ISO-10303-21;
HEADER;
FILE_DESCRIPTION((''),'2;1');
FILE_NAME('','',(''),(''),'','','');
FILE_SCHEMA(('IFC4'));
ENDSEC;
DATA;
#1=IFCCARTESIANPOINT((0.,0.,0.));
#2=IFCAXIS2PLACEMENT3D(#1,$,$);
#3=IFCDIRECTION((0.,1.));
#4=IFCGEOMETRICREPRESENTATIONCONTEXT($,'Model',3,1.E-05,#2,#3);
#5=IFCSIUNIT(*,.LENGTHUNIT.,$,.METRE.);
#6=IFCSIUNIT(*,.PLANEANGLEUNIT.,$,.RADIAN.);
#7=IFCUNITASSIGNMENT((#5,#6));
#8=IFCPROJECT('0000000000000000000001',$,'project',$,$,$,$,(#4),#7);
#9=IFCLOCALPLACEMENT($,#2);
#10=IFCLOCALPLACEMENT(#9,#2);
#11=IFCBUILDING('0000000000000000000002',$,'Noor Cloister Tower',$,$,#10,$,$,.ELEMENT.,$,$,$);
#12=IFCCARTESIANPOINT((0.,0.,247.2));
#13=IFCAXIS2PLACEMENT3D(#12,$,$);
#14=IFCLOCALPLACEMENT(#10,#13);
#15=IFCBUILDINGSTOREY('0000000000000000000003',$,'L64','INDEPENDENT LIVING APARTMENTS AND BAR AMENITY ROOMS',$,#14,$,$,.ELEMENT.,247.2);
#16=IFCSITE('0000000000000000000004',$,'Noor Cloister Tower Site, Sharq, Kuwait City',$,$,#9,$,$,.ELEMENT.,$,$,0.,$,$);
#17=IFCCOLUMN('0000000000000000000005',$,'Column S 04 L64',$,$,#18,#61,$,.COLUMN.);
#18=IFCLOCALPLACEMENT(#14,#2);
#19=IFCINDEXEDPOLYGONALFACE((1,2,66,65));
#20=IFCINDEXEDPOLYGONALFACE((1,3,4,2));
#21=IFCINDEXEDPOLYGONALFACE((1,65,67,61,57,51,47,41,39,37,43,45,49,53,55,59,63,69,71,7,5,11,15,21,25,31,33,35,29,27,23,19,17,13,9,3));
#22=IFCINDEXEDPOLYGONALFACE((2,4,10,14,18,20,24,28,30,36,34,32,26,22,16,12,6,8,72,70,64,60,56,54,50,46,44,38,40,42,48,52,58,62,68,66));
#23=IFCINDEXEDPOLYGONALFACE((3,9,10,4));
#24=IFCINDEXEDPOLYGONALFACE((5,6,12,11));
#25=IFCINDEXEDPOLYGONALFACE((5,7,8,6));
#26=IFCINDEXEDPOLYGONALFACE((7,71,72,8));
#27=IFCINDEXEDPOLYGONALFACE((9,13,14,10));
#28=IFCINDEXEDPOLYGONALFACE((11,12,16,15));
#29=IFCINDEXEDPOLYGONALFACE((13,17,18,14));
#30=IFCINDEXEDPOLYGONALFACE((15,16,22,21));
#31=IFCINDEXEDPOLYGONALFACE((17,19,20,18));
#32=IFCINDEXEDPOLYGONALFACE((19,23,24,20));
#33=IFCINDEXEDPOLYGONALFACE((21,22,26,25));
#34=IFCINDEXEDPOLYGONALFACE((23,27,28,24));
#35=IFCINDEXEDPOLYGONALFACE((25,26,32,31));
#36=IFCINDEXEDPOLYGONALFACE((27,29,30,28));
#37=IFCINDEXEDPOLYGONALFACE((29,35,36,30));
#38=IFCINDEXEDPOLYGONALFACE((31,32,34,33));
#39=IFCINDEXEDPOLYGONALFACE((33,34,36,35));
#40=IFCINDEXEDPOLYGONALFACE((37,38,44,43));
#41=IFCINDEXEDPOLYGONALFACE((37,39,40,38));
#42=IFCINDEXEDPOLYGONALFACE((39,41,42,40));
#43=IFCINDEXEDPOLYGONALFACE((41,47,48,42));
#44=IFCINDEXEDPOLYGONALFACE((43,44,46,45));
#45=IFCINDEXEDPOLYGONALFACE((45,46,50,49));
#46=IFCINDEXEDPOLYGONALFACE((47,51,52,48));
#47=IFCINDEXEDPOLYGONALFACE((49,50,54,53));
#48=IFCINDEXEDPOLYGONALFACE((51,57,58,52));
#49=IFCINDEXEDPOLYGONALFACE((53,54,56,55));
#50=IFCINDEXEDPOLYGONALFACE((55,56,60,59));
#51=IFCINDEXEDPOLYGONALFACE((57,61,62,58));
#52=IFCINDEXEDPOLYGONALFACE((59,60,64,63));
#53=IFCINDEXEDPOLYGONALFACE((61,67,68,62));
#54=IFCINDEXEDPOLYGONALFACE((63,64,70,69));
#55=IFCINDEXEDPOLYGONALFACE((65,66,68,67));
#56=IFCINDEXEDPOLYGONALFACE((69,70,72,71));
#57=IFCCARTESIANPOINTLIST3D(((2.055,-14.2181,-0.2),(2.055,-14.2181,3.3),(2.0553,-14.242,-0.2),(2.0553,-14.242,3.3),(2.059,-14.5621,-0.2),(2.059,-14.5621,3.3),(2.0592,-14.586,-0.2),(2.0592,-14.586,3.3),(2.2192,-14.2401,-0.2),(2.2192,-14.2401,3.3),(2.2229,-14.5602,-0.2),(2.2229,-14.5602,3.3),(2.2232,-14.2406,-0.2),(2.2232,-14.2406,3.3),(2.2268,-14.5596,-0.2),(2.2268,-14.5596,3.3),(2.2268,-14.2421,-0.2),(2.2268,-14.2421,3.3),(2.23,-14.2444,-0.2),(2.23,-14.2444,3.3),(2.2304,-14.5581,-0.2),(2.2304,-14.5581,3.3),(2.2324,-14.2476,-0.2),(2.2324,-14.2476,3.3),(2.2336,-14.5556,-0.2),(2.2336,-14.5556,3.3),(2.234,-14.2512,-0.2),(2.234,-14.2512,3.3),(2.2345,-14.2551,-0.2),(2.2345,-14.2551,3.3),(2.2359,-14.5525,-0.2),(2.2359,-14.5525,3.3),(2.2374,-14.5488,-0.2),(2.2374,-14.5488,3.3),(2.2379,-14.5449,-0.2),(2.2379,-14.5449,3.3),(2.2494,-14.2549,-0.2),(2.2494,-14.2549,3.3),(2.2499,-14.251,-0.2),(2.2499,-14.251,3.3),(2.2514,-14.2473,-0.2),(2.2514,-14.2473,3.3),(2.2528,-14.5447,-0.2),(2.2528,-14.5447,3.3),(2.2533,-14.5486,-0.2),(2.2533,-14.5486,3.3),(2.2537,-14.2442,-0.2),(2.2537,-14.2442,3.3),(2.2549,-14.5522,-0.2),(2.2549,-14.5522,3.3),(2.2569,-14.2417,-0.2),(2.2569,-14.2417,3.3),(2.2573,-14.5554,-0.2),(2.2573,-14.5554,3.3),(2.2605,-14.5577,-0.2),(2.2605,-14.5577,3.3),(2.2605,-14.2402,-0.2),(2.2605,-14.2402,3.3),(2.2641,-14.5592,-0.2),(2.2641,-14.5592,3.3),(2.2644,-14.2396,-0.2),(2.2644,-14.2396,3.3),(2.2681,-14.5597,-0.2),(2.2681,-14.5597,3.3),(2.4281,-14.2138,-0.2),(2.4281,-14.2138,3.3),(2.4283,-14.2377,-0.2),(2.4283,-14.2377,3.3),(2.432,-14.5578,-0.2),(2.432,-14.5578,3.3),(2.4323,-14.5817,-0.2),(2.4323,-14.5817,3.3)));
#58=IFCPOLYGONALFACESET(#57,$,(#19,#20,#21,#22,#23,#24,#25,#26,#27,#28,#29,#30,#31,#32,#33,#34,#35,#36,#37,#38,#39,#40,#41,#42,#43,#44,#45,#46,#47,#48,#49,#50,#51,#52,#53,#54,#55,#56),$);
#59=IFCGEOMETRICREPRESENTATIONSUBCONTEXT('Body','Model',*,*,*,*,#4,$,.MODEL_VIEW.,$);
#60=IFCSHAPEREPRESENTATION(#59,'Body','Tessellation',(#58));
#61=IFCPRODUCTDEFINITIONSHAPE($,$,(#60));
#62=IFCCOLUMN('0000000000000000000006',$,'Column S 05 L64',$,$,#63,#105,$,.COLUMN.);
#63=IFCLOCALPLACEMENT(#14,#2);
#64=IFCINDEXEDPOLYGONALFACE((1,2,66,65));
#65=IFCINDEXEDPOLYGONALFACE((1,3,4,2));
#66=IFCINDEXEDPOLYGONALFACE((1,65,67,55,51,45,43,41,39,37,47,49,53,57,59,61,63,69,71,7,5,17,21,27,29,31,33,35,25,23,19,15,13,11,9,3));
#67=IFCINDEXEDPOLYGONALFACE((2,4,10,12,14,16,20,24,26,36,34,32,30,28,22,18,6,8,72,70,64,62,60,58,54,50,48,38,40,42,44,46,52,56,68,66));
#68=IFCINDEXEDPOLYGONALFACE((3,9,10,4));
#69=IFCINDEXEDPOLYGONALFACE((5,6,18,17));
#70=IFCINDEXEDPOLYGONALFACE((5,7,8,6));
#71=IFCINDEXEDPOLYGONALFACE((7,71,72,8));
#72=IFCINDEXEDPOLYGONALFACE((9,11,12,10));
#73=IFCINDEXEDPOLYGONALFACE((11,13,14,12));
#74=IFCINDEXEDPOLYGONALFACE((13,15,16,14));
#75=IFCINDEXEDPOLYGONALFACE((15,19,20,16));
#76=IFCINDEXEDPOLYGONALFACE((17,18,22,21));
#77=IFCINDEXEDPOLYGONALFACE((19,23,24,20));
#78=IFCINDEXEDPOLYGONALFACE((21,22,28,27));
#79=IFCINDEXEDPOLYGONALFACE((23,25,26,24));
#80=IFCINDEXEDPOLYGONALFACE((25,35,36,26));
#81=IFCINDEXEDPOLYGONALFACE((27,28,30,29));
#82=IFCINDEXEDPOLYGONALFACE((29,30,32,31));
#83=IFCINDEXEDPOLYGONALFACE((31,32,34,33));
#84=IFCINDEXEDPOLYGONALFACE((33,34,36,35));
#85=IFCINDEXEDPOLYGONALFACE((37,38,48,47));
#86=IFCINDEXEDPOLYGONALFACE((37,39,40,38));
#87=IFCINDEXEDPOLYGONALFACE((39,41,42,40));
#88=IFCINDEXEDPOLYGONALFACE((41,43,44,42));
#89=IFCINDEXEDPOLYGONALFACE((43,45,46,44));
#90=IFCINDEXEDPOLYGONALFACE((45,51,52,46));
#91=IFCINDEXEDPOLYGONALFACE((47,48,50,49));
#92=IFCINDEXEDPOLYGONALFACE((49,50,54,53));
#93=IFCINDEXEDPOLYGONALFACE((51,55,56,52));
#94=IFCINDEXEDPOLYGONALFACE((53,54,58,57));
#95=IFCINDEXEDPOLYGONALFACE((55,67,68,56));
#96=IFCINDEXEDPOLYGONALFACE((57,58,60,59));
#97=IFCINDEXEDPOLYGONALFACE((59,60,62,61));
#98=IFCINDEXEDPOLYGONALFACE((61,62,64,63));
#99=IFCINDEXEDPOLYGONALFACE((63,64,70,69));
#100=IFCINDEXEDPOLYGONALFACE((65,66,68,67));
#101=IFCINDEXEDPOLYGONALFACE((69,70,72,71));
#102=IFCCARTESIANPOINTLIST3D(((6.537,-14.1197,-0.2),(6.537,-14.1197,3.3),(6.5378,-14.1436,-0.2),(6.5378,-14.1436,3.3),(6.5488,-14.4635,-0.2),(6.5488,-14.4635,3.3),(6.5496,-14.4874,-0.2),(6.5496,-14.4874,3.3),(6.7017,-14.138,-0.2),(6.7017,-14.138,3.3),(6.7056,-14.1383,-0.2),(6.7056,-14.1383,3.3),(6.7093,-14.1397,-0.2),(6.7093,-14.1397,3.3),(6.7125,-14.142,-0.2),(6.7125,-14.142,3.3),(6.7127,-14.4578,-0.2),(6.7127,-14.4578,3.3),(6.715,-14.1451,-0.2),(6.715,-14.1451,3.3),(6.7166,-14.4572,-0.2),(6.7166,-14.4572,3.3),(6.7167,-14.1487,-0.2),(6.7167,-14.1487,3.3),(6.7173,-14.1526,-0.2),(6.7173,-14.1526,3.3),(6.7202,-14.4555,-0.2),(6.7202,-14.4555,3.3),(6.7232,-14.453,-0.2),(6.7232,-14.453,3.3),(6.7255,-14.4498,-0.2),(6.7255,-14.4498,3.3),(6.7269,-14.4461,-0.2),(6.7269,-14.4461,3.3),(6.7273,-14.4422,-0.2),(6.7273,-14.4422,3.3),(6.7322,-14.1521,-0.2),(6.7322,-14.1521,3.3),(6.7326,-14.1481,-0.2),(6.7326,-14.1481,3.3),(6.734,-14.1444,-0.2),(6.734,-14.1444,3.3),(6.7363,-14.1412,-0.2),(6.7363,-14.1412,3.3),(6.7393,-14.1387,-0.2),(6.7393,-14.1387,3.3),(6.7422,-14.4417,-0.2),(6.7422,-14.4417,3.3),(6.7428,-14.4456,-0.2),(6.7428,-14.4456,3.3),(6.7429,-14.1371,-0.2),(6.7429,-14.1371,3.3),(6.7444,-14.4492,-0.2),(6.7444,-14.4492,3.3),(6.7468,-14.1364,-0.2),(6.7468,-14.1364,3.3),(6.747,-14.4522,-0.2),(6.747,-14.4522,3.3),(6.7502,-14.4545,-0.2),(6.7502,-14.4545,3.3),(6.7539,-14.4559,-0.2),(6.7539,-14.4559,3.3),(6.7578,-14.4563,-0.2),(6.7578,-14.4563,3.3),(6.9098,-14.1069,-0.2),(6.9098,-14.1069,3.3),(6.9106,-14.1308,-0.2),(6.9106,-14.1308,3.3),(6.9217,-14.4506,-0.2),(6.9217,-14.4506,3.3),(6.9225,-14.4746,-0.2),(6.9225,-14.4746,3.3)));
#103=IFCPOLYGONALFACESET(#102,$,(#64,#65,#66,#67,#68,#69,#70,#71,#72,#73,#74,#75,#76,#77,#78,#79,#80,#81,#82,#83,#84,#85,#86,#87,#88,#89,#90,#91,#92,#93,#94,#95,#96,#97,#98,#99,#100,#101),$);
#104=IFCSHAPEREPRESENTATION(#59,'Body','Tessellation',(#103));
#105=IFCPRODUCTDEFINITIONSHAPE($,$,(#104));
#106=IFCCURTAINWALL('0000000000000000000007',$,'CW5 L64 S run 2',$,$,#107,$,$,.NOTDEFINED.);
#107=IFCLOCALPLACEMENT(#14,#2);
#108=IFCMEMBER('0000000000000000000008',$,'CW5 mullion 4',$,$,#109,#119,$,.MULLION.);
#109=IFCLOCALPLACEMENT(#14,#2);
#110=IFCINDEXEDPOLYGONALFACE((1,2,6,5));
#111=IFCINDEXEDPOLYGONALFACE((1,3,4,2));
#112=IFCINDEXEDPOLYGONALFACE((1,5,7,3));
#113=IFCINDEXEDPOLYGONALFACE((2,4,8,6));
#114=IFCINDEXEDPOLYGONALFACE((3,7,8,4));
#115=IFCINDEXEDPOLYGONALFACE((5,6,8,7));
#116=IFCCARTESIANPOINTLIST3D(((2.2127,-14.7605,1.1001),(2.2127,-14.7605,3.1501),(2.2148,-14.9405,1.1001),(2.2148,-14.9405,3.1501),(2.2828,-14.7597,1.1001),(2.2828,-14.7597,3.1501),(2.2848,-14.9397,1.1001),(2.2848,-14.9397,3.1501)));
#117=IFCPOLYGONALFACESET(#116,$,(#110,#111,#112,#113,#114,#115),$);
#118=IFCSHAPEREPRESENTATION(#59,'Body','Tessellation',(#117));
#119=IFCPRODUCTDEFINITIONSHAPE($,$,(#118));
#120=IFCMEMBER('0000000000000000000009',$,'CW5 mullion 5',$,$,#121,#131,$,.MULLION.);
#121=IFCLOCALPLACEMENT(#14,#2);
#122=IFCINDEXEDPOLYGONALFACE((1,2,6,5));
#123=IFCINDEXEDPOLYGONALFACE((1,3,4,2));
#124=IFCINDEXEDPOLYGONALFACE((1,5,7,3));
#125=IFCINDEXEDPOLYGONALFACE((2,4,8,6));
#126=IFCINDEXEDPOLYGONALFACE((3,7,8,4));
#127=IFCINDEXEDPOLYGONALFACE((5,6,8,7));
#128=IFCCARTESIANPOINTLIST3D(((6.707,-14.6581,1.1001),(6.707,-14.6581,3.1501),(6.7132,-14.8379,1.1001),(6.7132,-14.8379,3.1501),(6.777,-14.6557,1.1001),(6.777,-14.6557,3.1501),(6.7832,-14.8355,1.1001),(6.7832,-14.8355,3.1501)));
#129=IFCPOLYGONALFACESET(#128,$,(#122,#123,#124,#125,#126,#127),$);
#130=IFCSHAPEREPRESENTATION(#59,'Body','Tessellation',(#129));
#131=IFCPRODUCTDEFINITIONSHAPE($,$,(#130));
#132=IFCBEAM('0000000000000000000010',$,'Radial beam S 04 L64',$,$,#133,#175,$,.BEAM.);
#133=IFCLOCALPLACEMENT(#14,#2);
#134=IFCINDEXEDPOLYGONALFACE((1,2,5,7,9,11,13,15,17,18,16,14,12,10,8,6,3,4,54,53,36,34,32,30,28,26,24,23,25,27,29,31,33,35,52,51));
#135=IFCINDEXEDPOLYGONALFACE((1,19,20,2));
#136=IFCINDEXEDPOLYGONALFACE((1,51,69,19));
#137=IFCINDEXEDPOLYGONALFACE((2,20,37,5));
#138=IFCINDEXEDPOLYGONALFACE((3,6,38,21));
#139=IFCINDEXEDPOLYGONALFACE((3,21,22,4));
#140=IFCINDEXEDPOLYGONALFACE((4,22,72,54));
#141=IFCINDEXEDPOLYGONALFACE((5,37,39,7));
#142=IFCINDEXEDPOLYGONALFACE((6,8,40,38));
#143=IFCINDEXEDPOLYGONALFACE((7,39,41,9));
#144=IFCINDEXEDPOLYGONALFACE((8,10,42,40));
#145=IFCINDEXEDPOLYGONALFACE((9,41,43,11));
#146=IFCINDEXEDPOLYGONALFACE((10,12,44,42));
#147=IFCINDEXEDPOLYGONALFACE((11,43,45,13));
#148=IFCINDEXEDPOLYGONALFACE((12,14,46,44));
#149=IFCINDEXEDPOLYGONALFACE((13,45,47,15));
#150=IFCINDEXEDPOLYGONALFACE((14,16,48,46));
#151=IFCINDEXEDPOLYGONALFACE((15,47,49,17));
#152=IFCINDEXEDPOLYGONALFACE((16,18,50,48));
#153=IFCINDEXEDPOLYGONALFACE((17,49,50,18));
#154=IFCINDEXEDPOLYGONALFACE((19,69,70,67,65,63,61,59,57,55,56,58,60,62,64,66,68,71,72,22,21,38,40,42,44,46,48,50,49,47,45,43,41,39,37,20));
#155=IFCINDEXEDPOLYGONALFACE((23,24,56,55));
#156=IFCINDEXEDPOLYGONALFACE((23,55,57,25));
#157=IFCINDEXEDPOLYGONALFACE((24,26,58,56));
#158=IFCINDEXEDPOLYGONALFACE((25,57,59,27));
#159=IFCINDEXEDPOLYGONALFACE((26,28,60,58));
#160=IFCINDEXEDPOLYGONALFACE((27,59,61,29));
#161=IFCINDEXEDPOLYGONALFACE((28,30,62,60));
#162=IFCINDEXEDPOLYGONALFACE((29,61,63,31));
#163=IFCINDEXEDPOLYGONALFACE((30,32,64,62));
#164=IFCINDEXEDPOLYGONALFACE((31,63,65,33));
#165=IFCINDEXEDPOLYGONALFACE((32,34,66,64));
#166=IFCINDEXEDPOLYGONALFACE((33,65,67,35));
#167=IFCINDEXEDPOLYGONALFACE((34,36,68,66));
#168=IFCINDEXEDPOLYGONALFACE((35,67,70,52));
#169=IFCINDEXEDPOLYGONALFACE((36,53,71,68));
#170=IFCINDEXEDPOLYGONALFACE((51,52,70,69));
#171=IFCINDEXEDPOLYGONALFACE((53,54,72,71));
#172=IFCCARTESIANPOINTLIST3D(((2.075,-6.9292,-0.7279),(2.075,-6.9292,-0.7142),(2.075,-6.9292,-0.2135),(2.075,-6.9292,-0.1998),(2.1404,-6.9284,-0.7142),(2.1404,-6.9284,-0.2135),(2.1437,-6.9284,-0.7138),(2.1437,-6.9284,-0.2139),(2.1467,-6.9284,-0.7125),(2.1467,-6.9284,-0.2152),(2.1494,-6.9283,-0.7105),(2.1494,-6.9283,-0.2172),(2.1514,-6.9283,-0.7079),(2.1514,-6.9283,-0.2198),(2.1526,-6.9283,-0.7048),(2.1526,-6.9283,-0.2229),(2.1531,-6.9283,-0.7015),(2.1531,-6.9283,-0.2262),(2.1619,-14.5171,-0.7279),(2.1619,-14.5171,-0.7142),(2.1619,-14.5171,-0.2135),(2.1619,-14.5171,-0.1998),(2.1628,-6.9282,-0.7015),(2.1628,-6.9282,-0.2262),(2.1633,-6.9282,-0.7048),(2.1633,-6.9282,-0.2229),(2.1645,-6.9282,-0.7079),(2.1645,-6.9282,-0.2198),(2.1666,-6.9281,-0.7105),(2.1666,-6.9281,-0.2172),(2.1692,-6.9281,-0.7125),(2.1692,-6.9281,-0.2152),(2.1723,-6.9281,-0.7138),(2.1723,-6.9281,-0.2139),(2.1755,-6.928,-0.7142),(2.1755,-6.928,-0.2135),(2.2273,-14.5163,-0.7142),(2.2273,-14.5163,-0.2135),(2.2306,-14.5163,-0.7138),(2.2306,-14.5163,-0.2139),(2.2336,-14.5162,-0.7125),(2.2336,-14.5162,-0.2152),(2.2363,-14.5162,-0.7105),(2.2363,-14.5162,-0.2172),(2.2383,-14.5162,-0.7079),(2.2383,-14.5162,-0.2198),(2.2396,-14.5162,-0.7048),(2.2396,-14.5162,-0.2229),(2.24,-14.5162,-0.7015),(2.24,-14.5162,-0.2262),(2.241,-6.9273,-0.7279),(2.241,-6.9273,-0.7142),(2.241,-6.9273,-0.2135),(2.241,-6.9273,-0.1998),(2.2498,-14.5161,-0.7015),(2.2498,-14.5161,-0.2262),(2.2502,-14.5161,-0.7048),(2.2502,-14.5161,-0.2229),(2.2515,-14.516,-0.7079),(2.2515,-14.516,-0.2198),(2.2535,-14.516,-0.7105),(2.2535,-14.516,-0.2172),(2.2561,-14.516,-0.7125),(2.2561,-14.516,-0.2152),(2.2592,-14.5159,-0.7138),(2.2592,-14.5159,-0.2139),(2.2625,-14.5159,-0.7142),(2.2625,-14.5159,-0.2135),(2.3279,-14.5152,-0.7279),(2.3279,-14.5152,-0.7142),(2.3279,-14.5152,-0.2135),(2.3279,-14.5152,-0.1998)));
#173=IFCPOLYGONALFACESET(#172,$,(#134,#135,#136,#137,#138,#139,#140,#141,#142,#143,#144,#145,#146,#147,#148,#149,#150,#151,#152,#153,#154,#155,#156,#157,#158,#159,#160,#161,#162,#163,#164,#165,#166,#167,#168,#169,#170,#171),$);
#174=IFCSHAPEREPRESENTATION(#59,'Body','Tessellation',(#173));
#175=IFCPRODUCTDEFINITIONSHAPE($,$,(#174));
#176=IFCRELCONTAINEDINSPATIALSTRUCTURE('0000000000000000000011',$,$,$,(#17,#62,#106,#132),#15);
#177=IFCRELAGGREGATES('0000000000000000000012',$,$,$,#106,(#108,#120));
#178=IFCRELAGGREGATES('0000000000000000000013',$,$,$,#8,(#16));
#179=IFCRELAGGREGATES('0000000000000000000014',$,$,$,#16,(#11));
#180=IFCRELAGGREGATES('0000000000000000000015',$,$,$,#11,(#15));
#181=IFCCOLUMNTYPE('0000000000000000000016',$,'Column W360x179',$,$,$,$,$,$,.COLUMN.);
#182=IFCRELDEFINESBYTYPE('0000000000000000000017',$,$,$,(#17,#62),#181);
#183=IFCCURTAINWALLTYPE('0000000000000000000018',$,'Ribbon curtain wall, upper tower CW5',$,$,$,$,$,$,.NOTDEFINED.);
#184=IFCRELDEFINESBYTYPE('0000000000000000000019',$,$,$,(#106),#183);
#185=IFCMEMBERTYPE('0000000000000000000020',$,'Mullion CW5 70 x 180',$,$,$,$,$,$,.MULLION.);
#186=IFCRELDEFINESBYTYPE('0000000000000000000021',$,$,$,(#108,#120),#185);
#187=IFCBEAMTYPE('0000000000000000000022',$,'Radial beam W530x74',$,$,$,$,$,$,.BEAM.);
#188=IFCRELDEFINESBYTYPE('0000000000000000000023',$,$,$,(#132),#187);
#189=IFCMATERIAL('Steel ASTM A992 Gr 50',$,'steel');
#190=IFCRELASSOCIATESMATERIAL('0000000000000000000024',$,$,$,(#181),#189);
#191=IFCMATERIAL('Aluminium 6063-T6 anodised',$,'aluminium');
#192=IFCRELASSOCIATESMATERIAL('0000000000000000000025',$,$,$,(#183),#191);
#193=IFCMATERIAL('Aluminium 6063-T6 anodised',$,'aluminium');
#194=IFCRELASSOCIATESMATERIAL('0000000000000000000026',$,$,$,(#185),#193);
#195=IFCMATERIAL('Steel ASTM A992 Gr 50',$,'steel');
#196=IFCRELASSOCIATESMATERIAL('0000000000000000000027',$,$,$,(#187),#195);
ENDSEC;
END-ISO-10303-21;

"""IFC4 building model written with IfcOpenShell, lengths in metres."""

from ifc_helpers import new_model, si_unit, direction, frame, origin, origin_2d, place, context, subcontext, project, spatial, rectangle, i_section, extrude, material, material_profile, profile_set, type_object, element, aggregate, save


model = new_model("IFC4")

# Units and contexts
model_context = context("Model", 3, precision=1e-05, world=origin(), true_north=direction((0.0, 1.0)))
body_context = subcontext(model_context, "Body", "Model", "MODEL_VIEW")
ifc_project = project(units=[si_unit("LENGTHUNIT", "METRE"), si_unit("PLANEANGLEUNIT", "RADIAN")], contexts=[model_context])

# Site, building, storey
site_placement = place(None, origin())
site = spatial("IfcSite", under=ifc_project, at=site_placement, Name="Noor Cloister Tower Site, Sharq, Kuwait City", CompositionType="ELEMENT", RefElevation=0.0)
building_placement = place(site_placement, origin())
building = spatial("IfcBuilding", under=site, at=building_placement, Name="Noor Cloister Tower", CompositionType="ELEMENT")
storey_placement = place(building_placement, frame((0.0, 0.0, 247.2)))
storey = spatial("IfcBuildingStorey", under=building, at=storey_placement, Name="L64", Description="INDEPENDENT LIVING APARTMENTS AND BAR AMENITY ROOMS", CompositionType="ELEMENT", Elevation=247.2)

# Columns
ifc_material_1 = material(Name="Steel ASTM A992 Gr 50", Category="steel")
ifc_material_profile_1 = material_profile(ifc_material_1, i_section(OverallWidth=0.373, OverallDepth=0.3679, WebThickness=0.0149, FlangeThickness=0.0239, FilletRadius=0.0151, at=origin_2d()), Name="W360x179")
ifc_profile_set_1 = profile_set([ifc_material_profile_1], Name="Steel ASTM A992 Gr 50")
column_type = type_object("IfcColumnType", Name="Column W360x179", PredefinedType="COLUMN", material=ifc_profile_set_1)
for number, where, z_axis, x_axis, name in (
    (1, (2.2437, -14.3999, -0.2), (0.0, 0.0, 1.0), (0.999934, 0.011463, 0.0), "Column S 04 L64"),
    (2, (6.7297, -14.2971, -0.2), (0.0, 0.0, 1.0), (0.999409, 0.034383, 0.0), "Column S 05 L64"),
):
    element("IfcColumn", number, at=place(storey_placement, frame(where, z_axis=z_axis, x_axis=x_axis)), inside=storey, type_object=column_type, Name=name, PredefinedType="COLUMN", context=body_context, shape_type="SweptSolid", body=[
        extrude(i_section(OverallWidth=0.373, OverallDepth=0.3679, WebThickness=0.0149, FlangeThickness=0.0239, FilletRadius=0.0151, at=origin_2d()), origin(), (0.0, 0.0, 1.0), 3.5),
    ])

# Curtain wall, members
ifc_material_2 = material(Name="Aluminium 6063-T6 anodised", Category="aluminium")
curtain_wall_type = type_object("IfcCurtainWallType", Name="Ribbon curtain wall, upper tower CW5", PredefinedType="NOTDEFINED", material=ifc_material_2)
curtain_wall_placement = place(storey_placement, origin())
curtain_wall = element("IfcCurtainWall", 3, at=curtain_wall_placement, inside=storey, type_object=curtain_wall_type, Name="CW5 L64 S run 2", PredefinedType="NOTDEFINED")
ifc_material_3 = material(Name="Aluminium 6063-T6 anodised", Category="aluminium")
ifc_material_profile_2 = material_profile(ifc_material_3, rectangle(XDim=0.1799, YDim=0.0701, at=origin_2d()), Name="180 x 70 mullion")
ifc_profile_set_2 = profile_set([ifc_material_profile_2], Name="Aluminium 6063-T6 anodised")
member_type = type_object("IfcMemberType", Name="Mullion CW5 70 x 180", PredefinedType="MULLION", material=ifc_profile_set_2)
member_1_placement = place(storey_placement, frame((2.2488, -14.8501, 1.1001), z_axis=(0.0, 0.0, 1.0), x_axis=(-0.011463, 0.999934, 0.0)))
member_1 = element("IfcMember", 4, at=member_1_placement, type_object=member_type, Name="CW5 mullion 4", PredefinedType="MULLION", context=body_context, shape_type="SweptSolid", body=[
    extrude(rectangle(XDim=0.1799, YDim=0.0701, at=origin_2d()), origin(), (0.0, 0.0, 1.0), 2.05),
])
member_2_placement = place(storey_placement, frame((6.7451, -14.7468, 1.1001), z_axis=(0.0, 0.0, 1.0), x_axis=(-0.034383, 0.999409, 0.0)))
member_2 = element("IfcMember", 5, at=member_2_placement, type_object=member_type, Name="CW5 mullion 5", PredefinedType="MULLION", context=body_context, shape_type="SweptSolid", body=[
    extrude(rectangle(XDim=0.1799, YDim=0.0701, at=origin_2d()), origin(), (0.0, 0.0, 1.0), 2.05),
])

# Beam
ifc_material_4 = material(Name="Steel ASTM A992 Gr 50", Category="steel")
ifc_material_profile_3 = material_profile(ifc_material_4, i_section(OverallWidth=0.166, OverallDepth=0.5281, WebThickness=0.0098, FlangeThickness=0.0137, FilletRadius=0.0127, at=origin_2d()), Name="W530x74")
ifc_profile_set_3 = profile_set([ifc_material_profile_3], Name="Steel ASTM A992 Gr 50")
beam_type_1 = type_object("IfcBeamType", Name="Radial beam W530x74", PredefinedType="BEAM", material=ifc_profile_set_3)
beam_1_placement = place(storey_placement, frame((2.2449, -14.5161, -0.4639), z_axis=(-0.011454, 0.999934, 0.0), x_axis=(-0.999934, -0.011454, 0.0)))
element("IfcBeam", 6, at=beam_1_placement, inside=storey, type_object=beam_type_1, Name="Radial beam S 04 L64", PredefinedType="BEAM", context=body_context, shape_type="SweptSolid", body=[
    extrude(i_section(OverallWidth=0.166, OverallDepth=0.5281, WebThickness=0.0098, FlangeThickness=0.0137, FilletRadius=0.0127, at=origin_2d()), origin(), (0.0, 0.0, 1.0), 7.5884),
])

aggregate(curtain_wall, [member_1, member_2])

save(model, "model.ifc")
